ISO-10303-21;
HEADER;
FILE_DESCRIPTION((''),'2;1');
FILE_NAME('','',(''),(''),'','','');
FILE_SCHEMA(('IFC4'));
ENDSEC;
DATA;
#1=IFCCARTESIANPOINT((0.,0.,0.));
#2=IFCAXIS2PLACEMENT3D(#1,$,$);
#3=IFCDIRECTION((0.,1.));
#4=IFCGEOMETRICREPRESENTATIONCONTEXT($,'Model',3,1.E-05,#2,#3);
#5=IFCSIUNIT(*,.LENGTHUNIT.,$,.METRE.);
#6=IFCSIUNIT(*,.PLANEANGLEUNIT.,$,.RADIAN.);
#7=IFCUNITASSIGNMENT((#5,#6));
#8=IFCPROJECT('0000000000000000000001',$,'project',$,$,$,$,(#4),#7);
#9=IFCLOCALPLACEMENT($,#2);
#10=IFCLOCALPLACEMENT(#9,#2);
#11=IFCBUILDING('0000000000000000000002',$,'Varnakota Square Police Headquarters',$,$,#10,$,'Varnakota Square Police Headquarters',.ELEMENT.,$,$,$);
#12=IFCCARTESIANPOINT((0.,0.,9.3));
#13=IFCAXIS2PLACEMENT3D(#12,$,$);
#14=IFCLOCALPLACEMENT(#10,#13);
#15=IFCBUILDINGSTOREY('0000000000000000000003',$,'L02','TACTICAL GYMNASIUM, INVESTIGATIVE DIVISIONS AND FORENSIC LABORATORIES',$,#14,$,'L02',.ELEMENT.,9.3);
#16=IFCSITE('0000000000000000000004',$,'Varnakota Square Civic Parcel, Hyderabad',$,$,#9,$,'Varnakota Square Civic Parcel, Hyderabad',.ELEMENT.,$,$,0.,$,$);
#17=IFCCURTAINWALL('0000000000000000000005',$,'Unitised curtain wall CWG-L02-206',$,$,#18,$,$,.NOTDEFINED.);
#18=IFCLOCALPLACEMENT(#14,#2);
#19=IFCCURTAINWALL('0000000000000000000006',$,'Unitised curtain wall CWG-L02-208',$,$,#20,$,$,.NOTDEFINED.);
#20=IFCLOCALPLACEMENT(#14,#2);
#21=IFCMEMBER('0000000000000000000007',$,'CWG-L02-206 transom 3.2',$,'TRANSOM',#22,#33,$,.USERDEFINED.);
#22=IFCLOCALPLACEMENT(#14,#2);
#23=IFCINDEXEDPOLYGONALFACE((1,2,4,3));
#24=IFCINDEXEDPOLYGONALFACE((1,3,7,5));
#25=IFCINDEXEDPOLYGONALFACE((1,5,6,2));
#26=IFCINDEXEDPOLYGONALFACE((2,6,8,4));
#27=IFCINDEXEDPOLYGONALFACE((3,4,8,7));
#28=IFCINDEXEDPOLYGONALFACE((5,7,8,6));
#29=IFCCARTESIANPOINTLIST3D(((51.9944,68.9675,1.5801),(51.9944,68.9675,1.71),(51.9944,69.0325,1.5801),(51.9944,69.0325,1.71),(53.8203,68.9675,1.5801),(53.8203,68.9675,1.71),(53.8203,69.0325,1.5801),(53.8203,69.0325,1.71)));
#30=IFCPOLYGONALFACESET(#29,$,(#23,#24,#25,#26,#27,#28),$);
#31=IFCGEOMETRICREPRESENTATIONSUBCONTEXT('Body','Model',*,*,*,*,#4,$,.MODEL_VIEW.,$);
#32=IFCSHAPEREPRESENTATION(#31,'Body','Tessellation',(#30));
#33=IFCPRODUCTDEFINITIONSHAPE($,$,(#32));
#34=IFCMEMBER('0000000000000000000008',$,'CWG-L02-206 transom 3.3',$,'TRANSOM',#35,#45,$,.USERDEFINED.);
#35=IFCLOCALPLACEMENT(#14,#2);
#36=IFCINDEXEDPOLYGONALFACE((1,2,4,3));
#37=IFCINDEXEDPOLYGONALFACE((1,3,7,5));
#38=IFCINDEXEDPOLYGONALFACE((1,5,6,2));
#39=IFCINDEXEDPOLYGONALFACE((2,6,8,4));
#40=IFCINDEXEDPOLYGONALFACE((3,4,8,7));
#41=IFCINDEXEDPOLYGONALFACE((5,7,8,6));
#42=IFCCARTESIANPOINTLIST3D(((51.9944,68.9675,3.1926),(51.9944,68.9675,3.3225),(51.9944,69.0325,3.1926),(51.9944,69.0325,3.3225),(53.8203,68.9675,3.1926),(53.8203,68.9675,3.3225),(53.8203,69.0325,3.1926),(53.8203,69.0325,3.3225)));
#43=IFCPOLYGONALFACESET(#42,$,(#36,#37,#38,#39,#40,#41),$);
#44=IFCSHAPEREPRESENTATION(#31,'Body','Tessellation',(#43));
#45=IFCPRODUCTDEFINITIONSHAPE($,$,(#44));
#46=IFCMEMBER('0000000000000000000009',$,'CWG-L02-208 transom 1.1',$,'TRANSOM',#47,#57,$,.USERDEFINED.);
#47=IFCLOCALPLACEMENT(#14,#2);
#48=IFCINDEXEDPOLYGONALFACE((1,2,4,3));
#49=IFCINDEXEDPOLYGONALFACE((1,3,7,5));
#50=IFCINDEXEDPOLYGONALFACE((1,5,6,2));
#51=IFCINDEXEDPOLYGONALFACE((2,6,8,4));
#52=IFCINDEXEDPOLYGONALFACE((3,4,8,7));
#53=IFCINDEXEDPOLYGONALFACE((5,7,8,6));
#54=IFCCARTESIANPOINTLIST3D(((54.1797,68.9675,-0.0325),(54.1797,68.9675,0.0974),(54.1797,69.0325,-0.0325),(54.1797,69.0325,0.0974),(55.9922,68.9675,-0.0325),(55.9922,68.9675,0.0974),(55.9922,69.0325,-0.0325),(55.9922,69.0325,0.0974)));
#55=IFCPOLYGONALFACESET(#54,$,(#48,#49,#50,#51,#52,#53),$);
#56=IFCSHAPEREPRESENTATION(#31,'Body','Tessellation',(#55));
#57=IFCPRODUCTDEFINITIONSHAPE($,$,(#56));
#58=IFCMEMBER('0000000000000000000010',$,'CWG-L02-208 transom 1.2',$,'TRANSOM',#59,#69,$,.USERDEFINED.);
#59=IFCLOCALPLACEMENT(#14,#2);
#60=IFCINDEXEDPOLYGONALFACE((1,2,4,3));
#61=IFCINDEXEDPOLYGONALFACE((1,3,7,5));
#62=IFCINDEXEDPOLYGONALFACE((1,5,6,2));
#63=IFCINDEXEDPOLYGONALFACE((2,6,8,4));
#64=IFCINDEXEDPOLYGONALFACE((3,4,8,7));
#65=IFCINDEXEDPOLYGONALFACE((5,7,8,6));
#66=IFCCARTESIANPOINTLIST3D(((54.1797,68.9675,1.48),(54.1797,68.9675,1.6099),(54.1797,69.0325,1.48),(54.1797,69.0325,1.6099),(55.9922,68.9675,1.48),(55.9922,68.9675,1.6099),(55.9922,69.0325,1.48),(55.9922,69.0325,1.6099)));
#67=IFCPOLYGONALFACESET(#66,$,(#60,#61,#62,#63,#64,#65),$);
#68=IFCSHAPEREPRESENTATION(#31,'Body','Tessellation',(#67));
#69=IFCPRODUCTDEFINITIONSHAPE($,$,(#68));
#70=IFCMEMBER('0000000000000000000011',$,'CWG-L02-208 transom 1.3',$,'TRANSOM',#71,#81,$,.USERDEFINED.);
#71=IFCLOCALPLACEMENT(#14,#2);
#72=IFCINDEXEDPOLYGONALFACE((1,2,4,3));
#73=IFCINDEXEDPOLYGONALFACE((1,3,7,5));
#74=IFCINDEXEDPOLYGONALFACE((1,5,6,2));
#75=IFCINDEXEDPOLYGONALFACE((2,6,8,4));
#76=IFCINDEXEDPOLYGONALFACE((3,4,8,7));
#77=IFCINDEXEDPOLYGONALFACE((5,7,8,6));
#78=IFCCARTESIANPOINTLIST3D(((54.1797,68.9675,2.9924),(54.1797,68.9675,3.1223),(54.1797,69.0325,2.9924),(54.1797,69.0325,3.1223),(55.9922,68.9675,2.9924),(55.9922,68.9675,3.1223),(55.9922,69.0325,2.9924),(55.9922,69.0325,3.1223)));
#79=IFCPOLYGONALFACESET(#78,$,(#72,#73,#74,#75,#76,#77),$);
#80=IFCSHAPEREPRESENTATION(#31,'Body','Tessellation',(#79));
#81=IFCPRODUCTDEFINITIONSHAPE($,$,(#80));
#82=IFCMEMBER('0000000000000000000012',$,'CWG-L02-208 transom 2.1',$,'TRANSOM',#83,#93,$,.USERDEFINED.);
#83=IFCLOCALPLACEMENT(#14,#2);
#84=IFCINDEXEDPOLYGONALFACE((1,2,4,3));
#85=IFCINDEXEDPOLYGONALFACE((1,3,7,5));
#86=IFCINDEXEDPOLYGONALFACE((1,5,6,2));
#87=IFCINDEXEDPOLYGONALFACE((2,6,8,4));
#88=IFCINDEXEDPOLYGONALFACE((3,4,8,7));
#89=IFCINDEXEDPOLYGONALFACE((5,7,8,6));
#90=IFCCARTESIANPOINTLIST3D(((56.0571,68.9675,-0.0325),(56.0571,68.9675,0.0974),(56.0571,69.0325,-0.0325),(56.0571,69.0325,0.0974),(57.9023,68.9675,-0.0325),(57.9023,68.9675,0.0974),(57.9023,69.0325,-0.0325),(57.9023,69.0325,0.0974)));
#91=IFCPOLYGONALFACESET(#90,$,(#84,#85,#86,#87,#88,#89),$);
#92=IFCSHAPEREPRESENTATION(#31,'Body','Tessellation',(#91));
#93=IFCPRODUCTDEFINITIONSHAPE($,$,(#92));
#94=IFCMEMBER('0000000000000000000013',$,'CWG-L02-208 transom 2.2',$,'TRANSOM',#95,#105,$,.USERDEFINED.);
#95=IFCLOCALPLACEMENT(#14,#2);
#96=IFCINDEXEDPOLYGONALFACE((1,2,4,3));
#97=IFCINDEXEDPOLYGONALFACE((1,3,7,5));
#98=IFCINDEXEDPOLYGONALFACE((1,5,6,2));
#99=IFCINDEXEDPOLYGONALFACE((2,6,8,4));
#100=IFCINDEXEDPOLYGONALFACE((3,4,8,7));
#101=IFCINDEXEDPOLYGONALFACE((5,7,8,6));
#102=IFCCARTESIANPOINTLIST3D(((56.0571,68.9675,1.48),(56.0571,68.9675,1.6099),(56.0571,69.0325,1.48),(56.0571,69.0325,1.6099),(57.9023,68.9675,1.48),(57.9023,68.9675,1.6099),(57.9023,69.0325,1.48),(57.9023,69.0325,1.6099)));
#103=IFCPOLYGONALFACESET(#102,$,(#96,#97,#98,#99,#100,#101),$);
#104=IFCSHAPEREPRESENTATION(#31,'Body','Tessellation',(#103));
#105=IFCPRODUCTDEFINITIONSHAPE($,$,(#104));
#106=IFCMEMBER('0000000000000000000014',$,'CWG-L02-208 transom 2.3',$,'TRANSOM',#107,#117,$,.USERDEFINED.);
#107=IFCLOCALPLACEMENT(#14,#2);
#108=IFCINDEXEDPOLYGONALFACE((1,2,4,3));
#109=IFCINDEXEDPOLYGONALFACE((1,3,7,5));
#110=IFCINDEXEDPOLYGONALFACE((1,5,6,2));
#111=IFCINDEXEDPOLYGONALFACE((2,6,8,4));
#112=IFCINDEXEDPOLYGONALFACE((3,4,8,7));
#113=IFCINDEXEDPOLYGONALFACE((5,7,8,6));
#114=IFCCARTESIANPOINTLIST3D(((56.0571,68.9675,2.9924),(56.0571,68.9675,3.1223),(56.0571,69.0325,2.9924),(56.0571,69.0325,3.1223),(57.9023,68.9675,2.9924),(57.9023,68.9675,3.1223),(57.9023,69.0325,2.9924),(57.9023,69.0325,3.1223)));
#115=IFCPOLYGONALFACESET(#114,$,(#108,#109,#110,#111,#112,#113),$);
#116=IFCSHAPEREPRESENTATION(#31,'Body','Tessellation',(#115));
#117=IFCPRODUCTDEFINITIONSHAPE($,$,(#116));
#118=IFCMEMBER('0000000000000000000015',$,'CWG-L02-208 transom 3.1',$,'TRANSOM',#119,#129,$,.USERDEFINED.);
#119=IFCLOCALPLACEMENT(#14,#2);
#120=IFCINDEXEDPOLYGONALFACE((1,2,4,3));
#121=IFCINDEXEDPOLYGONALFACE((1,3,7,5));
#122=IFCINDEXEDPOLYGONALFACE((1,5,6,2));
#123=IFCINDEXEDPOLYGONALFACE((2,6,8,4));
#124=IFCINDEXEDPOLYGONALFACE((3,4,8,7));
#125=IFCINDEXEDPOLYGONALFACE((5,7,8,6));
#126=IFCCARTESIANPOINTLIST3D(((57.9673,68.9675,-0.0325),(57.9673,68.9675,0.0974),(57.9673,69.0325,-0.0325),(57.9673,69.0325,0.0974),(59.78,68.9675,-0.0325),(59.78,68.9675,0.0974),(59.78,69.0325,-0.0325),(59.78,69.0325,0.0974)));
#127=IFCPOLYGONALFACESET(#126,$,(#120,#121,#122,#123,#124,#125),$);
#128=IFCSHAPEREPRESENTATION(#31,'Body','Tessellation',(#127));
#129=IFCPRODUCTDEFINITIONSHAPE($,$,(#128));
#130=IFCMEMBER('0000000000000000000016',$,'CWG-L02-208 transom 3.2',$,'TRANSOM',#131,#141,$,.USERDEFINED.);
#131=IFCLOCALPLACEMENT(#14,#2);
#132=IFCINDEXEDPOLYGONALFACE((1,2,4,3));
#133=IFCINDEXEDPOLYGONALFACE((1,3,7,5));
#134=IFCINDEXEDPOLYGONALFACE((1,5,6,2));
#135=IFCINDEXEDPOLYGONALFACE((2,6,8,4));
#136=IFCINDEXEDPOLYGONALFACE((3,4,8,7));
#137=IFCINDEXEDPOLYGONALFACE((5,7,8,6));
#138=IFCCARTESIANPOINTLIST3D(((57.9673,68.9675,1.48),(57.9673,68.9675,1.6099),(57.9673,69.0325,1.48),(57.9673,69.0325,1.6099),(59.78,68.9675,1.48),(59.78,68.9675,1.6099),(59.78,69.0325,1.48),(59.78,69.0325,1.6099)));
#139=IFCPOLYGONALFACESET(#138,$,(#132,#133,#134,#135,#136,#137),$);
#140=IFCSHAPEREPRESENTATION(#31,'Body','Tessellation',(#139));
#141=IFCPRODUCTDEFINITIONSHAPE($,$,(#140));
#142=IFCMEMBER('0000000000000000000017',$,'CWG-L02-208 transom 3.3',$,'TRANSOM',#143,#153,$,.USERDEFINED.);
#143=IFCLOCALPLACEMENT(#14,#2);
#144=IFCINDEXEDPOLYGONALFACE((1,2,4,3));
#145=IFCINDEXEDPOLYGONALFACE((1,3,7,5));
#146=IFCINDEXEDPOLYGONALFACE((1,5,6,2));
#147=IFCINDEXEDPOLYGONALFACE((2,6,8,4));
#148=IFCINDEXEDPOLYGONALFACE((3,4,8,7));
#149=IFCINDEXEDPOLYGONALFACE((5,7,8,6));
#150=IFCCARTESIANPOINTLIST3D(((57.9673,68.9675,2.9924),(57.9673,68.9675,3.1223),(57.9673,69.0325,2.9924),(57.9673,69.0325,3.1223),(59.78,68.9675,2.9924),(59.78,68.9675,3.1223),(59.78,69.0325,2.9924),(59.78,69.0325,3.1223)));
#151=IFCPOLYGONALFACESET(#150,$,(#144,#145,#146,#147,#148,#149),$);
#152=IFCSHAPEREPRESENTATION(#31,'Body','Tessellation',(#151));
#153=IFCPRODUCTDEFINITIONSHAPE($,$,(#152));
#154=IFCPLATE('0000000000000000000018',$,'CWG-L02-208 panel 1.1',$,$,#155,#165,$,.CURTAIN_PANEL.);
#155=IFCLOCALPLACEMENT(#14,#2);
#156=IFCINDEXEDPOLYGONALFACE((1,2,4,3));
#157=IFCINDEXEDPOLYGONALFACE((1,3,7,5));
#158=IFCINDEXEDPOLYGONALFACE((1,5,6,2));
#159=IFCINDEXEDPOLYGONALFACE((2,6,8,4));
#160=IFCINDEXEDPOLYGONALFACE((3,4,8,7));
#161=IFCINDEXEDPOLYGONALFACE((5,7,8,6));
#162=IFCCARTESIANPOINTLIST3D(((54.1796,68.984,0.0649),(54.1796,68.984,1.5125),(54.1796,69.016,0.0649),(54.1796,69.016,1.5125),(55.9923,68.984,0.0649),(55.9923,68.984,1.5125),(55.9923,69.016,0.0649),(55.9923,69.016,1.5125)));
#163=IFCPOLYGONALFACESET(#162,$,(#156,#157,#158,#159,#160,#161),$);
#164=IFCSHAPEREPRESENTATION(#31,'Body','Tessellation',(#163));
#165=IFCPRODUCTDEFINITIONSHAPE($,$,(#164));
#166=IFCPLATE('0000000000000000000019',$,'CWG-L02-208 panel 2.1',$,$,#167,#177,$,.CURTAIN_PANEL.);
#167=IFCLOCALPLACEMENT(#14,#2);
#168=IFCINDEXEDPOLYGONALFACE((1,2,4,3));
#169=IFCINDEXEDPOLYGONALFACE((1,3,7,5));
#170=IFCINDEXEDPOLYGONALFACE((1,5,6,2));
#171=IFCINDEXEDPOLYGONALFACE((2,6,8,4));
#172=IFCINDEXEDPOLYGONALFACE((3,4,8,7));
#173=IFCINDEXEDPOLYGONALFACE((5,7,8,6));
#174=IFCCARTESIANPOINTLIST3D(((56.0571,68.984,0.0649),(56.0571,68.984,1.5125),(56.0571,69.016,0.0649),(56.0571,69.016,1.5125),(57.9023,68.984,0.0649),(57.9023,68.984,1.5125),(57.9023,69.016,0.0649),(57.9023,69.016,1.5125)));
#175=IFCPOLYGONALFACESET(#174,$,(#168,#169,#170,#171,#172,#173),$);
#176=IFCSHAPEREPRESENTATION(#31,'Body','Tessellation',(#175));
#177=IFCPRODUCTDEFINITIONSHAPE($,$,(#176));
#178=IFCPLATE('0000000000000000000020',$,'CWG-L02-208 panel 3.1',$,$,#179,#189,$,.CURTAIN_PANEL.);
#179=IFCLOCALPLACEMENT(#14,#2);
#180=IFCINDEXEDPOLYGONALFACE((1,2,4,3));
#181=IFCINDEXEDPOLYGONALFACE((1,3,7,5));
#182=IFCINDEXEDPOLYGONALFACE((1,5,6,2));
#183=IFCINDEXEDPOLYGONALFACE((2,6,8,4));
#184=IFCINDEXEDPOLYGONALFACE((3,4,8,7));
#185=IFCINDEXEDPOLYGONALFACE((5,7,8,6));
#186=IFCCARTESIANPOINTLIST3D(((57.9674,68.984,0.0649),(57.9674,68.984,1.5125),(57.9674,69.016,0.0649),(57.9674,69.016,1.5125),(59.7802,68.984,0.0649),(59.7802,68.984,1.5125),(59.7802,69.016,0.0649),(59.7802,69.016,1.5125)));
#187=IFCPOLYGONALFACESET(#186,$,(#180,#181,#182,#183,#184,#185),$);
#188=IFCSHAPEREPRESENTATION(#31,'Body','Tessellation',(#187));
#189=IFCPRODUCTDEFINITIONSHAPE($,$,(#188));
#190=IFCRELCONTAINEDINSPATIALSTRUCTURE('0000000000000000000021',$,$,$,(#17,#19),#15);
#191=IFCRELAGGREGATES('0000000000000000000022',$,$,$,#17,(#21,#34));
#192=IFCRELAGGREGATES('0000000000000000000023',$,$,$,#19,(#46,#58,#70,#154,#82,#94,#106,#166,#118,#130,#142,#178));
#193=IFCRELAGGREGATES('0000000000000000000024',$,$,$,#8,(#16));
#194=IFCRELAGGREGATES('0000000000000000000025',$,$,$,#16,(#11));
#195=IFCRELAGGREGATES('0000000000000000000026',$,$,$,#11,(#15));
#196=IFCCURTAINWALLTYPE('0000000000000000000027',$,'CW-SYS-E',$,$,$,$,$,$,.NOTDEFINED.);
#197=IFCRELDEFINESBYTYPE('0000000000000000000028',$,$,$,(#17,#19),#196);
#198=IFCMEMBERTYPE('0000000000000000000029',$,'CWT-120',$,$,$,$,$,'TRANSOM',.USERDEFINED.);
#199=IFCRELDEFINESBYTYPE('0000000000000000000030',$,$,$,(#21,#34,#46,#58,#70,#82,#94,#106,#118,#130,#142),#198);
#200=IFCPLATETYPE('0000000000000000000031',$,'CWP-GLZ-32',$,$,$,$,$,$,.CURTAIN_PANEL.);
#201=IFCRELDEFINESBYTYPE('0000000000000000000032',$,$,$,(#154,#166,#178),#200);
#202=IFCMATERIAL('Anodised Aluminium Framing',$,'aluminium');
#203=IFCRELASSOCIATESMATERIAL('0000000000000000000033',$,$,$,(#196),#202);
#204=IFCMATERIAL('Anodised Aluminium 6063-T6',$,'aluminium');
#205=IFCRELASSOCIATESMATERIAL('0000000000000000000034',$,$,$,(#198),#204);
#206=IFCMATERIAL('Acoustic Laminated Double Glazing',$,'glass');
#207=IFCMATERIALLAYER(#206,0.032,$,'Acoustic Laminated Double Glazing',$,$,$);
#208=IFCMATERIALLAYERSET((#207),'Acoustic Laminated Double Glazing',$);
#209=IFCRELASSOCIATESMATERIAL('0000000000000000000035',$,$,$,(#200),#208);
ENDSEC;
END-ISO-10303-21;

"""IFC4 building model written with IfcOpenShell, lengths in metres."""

from ifc_helpers import new_model, si_unit, direction, frame, origin, origin_2d, place, context, subcontext, project, spatial, rectangle, extrude, material, layer, layer_set, material_profile, profile_set, type_object, element, aggregate, save


model = new_model("IFC4")

# Units and contexts
model_context = context("Model", 3, precision=1e-05, world=origin(), true_north=direction((0.0, 1.0)))
body_context = subcontext(model_context, "Body", "Model", "MODEL_VIEW")
ifc_project = project(units=[si_unit("LENGTHUNIT", "METRE"), si_unit("PLANEANGLEUNIT", "RADIAN")], contexts=[model_context])

# Site, building, storey
site_placement = place(None, origin())
site = spatial("IfcSite", under=ifc_project, at=site_placement, Name="Varnakota Square Civic Parcel, Hyderabad", LongName="Varnakota Square Civic Parcel, Hyderabad", CompositionType="ELEMENT", RefElevation=0.0)
building_placement = place(site_placement, origin())
building = spatial("IfcBuilding", under=site, at=building_placement, Name="Varnakota Square Police Headquarters", LongName="Varnakota Square Police Headquarters", CompositionType="ELEMENT")
storey_placement = place(building_placement, frame((0.0, 0.0, 9.3)))
storey = spatial("IfcBuildingStorey", under=building, at=storey_placement, Name="L02", Description="TACTICAL GYMNASIUM, INVESTIGATIVE DIVISIONS AND FORENSIC LABORATORIES", LongName="L02", CompositionType="ELEMENT", Elevation=9.3)

# Curtain walls
ifc_material_1 = material(Name="Anodised Aluminium Framing", Category="aluminium")
curtain_wall_type = type_object("IfcCurtainWallType", Name="CW-SYS-E", PredefinedType="NOTDEFINED", material=ifc_material_1)
curtain_wall_1_placement = place(storey_placement, origin())
curtain_wall_1 = element("IfcCurtainWall", 1, at=curtain_wall_1_placement, inside=storey, type_object=curtain_wall_type, Name="Unitised curtain wall CWG-L02-206", PredefinedType="NOTDEFINED")
ifc_material_2 = material(Name="Anodised Aluminium 6063-T6", Category="aluminium")
curtain_wall_2_placement = place(storey_placement, origin())
curtain_wall_2 = element("IfcCurtainWall", 2, at=curtain_wall_2_placement, inside=storey, type_object=curtain_wall_type, Name="Unitised curtain wall CWG-L02-208", PredefinedType="NOTDEFINED")

# Members
ifc_material_profile_1 = material_profile(ifc_material_2, rectangle(XDim=0.0649, YDim=0.1299, at=origin_2d()), Name="ALU TRANSOM 65x130")
ifc_profile_set_1 = profile_set([ifc_material_profile_1], Name="Anodised Aluminium 6063-T6")
member_type_1 = type_object("IfcMemberType", Name="CWT-120", ElementType="TRANSOM", PredefinedType="USERDEFINED", material=ifc_profile_set_1)
member_1_placement = place(storey_placement, frame((51.9944, 69.0, 1.645), z_axis=(1.0, 0.0, 0.0), x_axis=(0.0, 1.0, 0.0)))
member_1 = element("IfcMember", 3, at=member_1_placement, type_object=member_type_1, Name="CWG-L02-206 transom 3.2", ObjectType="TRANSOM", PredefinedType="USERDEFINED", context=body_context, shape_type="SweptSolid", body=[
    extrude(rectangle(XDim=0.0649, YDim=0.1299, at=origin_2d()), origin(), (0.0, 0.0, 1.0), 1.8259),
])
member_2_placement = place(storey_placement, frame((51.9944, 69.0, 3.2576), z_axis=(1.0, 0.0, 0.0), x_axis=(0.0, 1.0, 0.0)))
member_2 = element("IfcMember", 4, at=member_2_placement, type_object=member_type_1, Name="CWG-L02-206 transom 3.3", ObjectType="TRANSOM", PredefinedType="USERDEFINED", context=body_context, shape_type="SweptSolid", body=[
    extrude(rectangle(XDim=0.0649, YDim=0.1299, at=origin_2d()), origin(), (0.0, 0.0, 1.0), 1.8259),
])
member_3_placement = place(storey_placement, frame((54.1797, 69.0, 0.0325), z_axis=(1.0, 0.0, 0.0), x_axis=(0.0, 1.0, 0.0)))
member_3 = element("IfcMember", 5, at=member_3_placement, type_object=member_type_1, Name="CWG-L02-208 transom 1.1", ObjectType="TRANSOM", PredefinedType="USERDEFINED", context=body_context, shape_type="SweptSolid", body=[
    extrude(rectangle(XDim=0.0649, YDim=0.1299, at=origin_2d()), origin(), (0.0, 0.0, 1.0), 1.8125),
])
member_4_placement = place(storey_placement, frame((54.1797, 69.0, 1.5449), z_axis=(1.0, 0.0, 0.0), x_axis=(0.0, 1.0, 0.0)))
member_4 = element("IfcMember", 6, at=member_4_placement, type_object=member_type_1, Name="CWG-L02-208 transom 1.2", ObjectType="TRANSOM", PredefinedType="USERDEFINED", context=body_context, shape_type="SweptSolid", body=[
    extrude(rectangle(XDim=0.0649, YDim=0.1299, at=origin_2d()), origin(), (0.0, 0.0, 1.0), 1.8125),
])
member_5_placement = place(storey_placement, frame((54.1797, 69.0, 3.0574), z_axis=(1.0, 0.0, 0.0), x_axis=(0.0, 1.0, 0.0)))
member_5 = element("IfcMember", 7, at=member_5_placement, type_object=member_type_1, Name="CWG-L02-208 transom 1.3", ObjectType="TRANSOM", PredefinedType="USERDEFINED", context=body_context, shape_type="SweptSolid", body=[
    extrude(rectangle(XDim=0.0649, YDim=0.1299, at=origin_2d()), origin(), (0.0, 0.0, 1.0), 1.8125),
])
member_6_placement = place(storey_placement, frame((56.0571, 69.0, 0.0325), z_axis=(1.0, 0.0, 0.0), x_axis=(0.0, 1.0, 0.0)))
member_6 = element("IfcMember", 8, at=member_6_placement, type_object=member_type_1, Name="CWG-L02-208 transom 2.1", ObjectType="TRANSOM", PredefinedType="USERDEFINED", context=body_context, shape_type="SweptSolid", body=[
    extrude(rectangle(XDim=0.0649, YDim=0.1299, at=origin_2d()), origin(), (0.0, 0.0, 1.0), 1.8452),
])
member_7_placement = place(storey_placement, frame((56.0571, 69.0, 1.5449), z_axis=(1.0, 0.0, 0.0), x_axis=(0.0, 1.0, 0.0)))
member_7 = element("IfcMember", 9, at=member_7_placement, type_object=member_type_1, Name="CWG-L02-208 transom 2.2", ObjectType="TRANSOM", PredefinedType="USERDEFINED", context=body_context, shape_type="SweptSolid", body=[
    extrude(rectangle(XDim=0.0649, YDim=0.1299, at=origin_2d()), origin(), (0.0, 0.0, 1.0), 1.8452),
])
member_8_placement = place(storey_placement, frame((56.0571, 69.0, 3.0574), z_axis=(1.0, 0.0, 0.0), x_axis=(0.0, 1.0, 0.0)))
member_8 = element("IfcMember", 10, at=member_8_placement, type_object=member_type_1, Name="CWG-L02-208 transom 2.3", ObjectType="TRANSOM", PredefinedType="USERDEFINED", context=body_context, shape_type="SweptSolid", body=[
    extrude(rectangle(XDim=0.0649, YDim=0.1299, at=origin_2d()), origin(), (0.0, 0.0, 1.0), 1.8452),
])
member_9_placement = place(storey_placement, frame((57.9673, 69.0, 0.0325), z_axis=(1.0, 0.0, 0.0), x_axis=(0.0, 1.0, 0.0)))
member_9 = element("IfcMember", 11, at=member_9_placement, type_object=member_type_1, Name="CWG-L02-208 transom 3.1", ObjectType="TRANSOM", PredefinedType="USERDEFINED", context=body_context, shape_type="SweptSolid", body=[
    extrude(rectangle(XDim=0.0649, YDim=0.1299, at=origin_2d()), origin(), (0.0, 0.0, 1.0), 1.8127),
])
member_10_placement = place(storey_placement, frame((57.9673, 69.0, 1.5449), z_axis=(1.0, 0.0, 0.0), x_axis=(0.0, 1.0, 0.0)))
member_10 = element("IfcMember", 12, at=member_10_placement, type_object=member_type_1, Name="CWG-L02-208 transom 3.2", ObjectType="TRANSOM", PredefinedType="USERDEFINED", context=body_context, shape_type="SweptSolid", body=[
    extrude(rectangle(XDim=0.0649, YDim=0.1299, at=origin_2d()), origin(), (0.0, 0.0, 1.0), 1.8127),
])
member_11_placement = place(storey_placement, frame((57.9673, 69.0, 3.0574), z_axis=(1.0, 0.0, 0.0), x_axis=(0.0, 1.0, 0.0)))
member_11 = element("IfcMember", 13, at=member_11_placement, type_object=member_type_1, Name="CWG-L02-208 transom 3.3", ObjectType="TRANSOM", PredefinedType="USERDEFINED", context=body_context, shape_type="SweptSolid", body=[
    extrude(rectangle(XDim=0.0649, YDim=0.1299, at=origin_2d()), origin(), (0.0, 0.0, 1.0), 1.8127),
])

# Plates
ifc_material_3 = material(Name="Acoustic Laminated Double Glazing", Category="glass")
ifc_layer_1 = layer(ifc_material_3, 0.032, Name="Acoustic Laminated Double Glazing")
ifc_layer_set_1 = layer_set([ifc_layer_1], Name="Acoustic Laminated Double Glazing")
plate_type_1 = type_object("IfcPlateType", Name="CWP-GLZ-32", PredefinedType="CURTAIN_PANEL", material=ifc_layer_set_1)
plate_1_placement = place(storey_placement, frame((55.0859, 69.0, 0.0649), z_axis=(0.0, 0.0, 1.0), x_axis=(1.0, 0.0, 0.0)))
plate_1 = element("IfcPlate", 14, at=plate_1_placement, type_object=plate_type_1, Name="CWG-L02-208 panel 1.1", PredefinedType="CURTAIN_PANEL", context=body_context, shape_type="SweptSolid", body=[
    extrude(rectangle(XDim=1.8127, YDim=0.032, at=origin_2d()), origin(), (0.0, 0.0, 1.0), 1.4475),
])
plate_2_placement = place(storey_placement, frame((56.9797, 69.0, 0.0649), z_axis=(0.0, 0.0, 1.0), x_axis=(1.0, 0.0, 0.0)))
plate_2 = element("IfcPlate", 15, at=plate_2_placement, type_object=plate_type_1, Name="CWG-L02-208 panel 2.1", PredefinedType="CURTAIN_PANEL", context=body_context, shape_type="SweptSolid", body=[
    extrude(rectangle(XDim=1.8452, YDim=0.032, at=origin_2d()), origin(), (0.0, 0.0, 1.0), 1.4475),
])
plate_3_placement = place(storey_placement, frame((58.8738, 69.0, 0.0649), z_axis=(0.0, 0.0, 1.0), x_axis=(1.0, 0.0, 0.0)))
plate_3 = element("IfcPlate", 16, at=plate_3_placement, type_object=plate_type_1, Name="CWG-L02-208 panel 3.1", PredefinedType="CURTAIN_PANEL", context=body_context, shape_type="SweptSolid", body=[
    extrude(rectangle(XDim=1.8127, YDim=0.032, at=origin_2d()), origin(), (0.0, 0.0, 1.0), 1.4475),
])
aggregate(curtain_wall_1, [member_1, member_2])
aggregate(curtain_wall_2, [member_3, member_4, member_5, plate_1, member_6, member_7, member_8, plate_2, member_9, member_10, member_11, plate_3])

save(model, "model.ifc")
